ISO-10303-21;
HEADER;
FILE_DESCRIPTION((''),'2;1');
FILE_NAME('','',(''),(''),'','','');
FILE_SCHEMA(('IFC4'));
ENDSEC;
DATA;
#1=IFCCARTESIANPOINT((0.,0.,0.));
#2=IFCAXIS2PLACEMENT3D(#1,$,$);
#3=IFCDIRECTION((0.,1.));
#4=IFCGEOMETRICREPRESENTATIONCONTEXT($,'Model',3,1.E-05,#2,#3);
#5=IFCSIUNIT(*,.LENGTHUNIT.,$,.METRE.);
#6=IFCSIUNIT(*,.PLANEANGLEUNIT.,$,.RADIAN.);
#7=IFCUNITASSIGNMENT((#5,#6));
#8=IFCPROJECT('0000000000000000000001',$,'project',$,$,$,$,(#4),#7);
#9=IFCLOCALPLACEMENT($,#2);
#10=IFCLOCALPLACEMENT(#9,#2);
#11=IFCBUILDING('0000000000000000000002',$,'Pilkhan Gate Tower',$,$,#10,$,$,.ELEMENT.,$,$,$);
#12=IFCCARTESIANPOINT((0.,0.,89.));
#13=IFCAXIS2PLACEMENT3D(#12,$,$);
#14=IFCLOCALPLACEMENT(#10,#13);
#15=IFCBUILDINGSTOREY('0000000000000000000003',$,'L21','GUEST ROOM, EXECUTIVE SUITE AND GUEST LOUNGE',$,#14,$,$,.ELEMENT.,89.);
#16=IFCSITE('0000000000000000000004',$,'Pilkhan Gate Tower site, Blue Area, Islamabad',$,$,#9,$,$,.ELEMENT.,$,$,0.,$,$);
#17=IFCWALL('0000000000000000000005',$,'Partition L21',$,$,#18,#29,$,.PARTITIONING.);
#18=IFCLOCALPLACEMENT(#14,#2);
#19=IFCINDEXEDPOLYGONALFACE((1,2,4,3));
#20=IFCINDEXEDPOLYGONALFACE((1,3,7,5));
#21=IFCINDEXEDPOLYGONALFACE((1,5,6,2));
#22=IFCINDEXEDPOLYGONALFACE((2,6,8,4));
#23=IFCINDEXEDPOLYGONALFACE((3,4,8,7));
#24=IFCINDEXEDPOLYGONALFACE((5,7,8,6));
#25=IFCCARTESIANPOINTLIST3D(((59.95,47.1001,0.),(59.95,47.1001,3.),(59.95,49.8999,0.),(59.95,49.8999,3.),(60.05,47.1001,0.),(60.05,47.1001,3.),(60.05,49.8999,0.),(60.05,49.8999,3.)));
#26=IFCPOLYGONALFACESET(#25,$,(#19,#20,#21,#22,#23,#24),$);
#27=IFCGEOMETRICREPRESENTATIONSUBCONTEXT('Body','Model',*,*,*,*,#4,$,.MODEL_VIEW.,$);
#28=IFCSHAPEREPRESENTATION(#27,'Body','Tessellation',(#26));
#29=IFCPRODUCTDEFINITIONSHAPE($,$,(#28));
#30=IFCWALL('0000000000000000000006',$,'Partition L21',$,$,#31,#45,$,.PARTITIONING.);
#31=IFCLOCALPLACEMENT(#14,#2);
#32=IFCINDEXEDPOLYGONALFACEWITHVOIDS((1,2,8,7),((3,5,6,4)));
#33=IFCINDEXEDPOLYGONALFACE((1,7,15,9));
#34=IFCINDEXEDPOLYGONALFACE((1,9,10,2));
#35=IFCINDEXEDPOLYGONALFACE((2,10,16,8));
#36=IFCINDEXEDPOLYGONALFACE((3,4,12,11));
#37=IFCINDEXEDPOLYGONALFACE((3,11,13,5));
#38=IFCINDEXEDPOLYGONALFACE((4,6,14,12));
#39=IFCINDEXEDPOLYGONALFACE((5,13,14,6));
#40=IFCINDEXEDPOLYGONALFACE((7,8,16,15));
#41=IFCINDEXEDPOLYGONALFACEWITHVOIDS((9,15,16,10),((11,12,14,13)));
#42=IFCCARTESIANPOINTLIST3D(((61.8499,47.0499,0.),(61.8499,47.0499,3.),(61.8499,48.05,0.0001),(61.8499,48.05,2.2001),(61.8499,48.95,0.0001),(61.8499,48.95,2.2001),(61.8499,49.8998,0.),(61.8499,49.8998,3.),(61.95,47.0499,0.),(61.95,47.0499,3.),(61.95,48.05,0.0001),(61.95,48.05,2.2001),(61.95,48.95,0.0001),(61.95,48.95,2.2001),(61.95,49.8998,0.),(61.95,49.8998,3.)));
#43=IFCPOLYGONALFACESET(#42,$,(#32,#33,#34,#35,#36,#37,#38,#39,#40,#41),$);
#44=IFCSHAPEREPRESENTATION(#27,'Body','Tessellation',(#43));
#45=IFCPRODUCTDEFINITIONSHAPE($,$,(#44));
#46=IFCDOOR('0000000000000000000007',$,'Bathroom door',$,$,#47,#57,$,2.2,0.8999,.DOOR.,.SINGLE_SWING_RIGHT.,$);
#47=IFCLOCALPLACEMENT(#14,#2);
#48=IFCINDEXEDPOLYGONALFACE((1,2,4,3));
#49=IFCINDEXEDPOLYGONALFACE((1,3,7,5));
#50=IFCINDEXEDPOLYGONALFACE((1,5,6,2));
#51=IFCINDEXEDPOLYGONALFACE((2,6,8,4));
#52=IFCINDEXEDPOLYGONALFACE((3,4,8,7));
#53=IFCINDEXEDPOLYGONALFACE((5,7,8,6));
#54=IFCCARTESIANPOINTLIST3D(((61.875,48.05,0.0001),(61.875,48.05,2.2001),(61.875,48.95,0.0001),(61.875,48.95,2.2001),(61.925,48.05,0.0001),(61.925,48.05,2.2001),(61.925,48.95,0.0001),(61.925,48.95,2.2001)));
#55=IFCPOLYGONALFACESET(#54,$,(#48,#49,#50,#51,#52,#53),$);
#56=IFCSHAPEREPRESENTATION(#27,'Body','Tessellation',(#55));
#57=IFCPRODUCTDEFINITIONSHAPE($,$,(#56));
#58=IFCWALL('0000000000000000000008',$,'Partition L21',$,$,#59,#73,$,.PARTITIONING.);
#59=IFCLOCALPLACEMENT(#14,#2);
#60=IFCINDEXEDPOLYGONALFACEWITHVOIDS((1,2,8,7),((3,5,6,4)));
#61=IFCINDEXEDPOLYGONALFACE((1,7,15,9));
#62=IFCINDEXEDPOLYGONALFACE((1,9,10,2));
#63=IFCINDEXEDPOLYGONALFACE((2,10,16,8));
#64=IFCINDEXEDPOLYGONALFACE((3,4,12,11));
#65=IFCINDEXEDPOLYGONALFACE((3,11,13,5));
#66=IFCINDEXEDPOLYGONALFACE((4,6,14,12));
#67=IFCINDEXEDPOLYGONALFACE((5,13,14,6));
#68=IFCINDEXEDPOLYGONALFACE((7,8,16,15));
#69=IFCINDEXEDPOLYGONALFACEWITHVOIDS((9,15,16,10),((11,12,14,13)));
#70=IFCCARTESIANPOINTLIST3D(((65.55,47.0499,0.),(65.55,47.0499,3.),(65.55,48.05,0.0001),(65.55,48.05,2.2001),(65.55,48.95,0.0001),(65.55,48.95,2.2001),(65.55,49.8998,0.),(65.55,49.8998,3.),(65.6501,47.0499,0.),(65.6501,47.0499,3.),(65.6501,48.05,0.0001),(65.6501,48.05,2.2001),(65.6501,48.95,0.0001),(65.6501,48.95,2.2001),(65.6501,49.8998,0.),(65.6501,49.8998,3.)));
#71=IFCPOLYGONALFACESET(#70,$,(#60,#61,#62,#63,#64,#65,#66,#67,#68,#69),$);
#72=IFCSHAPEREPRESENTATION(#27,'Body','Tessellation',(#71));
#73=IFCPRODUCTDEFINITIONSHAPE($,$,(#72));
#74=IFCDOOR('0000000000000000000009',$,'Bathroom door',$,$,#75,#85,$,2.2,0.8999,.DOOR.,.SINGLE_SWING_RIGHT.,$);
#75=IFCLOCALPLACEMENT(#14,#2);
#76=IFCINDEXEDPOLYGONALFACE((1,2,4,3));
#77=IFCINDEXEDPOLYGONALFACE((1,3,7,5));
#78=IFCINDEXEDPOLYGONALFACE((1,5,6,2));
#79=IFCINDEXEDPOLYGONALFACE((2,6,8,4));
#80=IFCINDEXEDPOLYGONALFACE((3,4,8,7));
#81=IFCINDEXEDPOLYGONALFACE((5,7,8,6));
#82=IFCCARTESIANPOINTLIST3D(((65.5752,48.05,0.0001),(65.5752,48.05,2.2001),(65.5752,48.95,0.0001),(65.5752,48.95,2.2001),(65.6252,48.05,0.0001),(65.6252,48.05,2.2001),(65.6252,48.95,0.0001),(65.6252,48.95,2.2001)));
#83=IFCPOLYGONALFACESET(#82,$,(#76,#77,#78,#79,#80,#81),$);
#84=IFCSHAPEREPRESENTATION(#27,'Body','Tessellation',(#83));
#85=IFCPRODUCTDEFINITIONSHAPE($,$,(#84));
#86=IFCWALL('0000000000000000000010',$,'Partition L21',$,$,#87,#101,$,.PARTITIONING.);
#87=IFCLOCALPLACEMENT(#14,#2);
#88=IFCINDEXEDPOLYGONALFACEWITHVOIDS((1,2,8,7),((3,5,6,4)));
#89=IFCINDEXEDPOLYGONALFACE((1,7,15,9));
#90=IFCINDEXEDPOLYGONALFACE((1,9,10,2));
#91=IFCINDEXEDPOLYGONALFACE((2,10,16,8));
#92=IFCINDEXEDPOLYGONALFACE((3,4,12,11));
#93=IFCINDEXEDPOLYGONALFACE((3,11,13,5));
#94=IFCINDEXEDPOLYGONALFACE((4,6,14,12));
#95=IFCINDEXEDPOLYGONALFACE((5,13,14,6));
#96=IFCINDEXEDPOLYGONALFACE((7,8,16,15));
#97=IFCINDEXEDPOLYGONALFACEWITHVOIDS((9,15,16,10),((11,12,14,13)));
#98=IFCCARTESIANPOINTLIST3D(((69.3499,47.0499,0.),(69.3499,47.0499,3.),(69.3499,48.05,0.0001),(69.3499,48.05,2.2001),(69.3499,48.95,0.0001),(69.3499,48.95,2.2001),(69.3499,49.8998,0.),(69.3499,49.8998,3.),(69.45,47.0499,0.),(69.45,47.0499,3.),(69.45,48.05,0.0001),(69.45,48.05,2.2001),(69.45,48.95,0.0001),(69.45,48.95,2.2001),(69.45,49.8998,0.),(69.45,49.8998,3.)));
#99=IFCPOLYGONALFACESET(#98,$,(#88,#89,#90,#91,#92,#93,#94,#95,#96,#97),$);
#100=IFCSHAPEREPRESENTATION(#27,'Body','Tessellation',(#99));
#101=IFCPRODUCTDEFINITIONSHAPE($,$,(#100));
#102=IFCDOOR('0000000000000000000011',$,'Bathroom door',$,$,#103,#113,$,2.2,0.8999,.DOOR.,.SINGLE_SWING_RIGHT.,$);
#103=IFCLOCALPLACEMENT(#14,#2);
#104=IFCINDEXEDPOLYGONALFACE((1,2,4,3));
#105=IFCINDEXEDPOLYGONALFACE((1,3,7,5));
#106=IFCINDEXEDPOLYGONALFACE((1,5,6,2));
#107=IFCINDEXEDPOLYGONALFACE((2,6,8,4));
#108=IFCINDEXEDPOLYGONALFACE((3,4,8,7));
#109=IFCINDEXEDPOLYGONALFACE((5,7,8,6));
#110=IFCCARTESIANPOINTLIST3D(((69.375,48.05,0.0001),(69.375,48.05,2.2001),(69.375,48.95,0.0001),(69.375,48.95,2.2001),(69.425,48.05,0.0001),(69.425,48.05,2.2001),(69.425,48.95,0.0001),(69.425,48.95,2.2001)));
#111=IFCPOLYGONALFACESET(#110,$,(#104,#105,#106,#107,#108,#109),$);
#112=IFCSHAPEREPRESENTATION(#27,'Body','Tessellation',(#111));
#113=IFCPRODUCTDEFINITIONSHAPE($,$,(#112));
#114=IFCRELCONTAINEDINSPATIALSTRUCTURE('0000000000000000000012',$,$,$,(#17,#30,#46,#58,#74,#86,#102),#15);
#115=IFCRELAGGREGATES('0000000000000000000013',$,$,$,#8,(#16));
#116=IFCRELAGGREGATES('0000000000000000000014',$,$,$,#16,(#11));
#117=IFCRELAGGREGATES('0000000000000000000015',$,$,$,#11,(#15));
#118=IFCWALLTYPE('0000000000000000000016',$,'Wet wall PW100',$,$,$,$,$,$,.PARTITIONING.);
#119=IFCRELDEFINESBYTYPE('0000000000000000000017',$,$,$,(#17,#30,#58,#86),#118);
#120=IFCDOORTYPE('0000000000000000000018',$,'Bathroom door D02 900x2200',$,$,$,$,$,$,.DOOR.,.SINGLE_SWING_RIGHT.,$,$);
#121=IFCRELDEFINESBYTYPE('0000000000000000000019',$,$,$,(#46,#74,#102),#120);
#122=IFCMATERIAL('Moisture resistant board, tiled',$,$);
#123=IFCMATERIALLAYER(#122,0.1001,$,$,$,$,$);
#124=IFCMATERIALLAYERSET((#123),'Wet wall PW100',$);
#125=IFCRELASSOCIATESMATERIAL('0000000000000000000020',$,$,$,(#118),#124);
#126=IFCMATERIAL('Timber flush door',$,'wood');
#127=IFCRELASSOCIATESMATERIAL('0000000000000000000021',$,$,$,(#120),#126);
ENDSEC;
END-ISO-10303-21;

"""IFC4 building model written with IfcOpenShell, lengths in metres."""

from ifc_helpers import new_model, si_unit, direction, frame, frame_2d, origin, place, context, subcontext, project, spatial, rectangle, extrude, material, layer, layer_set, type_object, element, fill, save


model = new_model("IFC4")

# Units and contexts
model_context = context("Model", 3, precision=1e-05, world=origin(), true_north=direction((0.0, 1.0)))
body_context = subcontext(model_context, "Body", "Model", "MODEL_VIEW")
ifc_project = project(units=[si_unit("LENGTHUNIT", "METRE"), si_unit("PLANEANGLEUNIT", "RADIAN")], contexts=[model_context])

# Site, building, storey
site_placement = place(None, origin())
site = spatial("IfcSite", under=ifc_project, at=site_placement, Name="Pilkhan Gate Tower site, Blue Area, Islamabad", CompositionType="ELEMENT", RefElevation=0.0)
building_placement = place(site_placement, origin())
building = spatial("IfcBuilding", under=site, at=building_placement, Name="Pilkhan Gate Tower", CompositionType="ELEMENT")
storey_placement = place(building_placement, frame((0.0, 0.0, 89.0)))
storey = spatial("IfcBuildingStorey", under=building, at=storey_placement, Name="L21", Description="GUEST ROOM, EXECUTIVE SUITE AND GUEST LOUNGE", CompositionType="ELEMENT", Elevation=89.0)

# Shared definitions
ifc_material_1 = material(Name="Moisture resistant board, tiled")
ifc_layer_1 = layer(ifc_material_1, 0.1001)
ifc_layer_set_1 = layer_set([ifc_layer_1], Name="Wet wall PW100")
wall_type_1 = type_object("IfcWallType", Name="Wet wall PW100", PredefinedType="PARTITIONING", material=ifc_layer_set_1)
ifc_material_2 = material(Name="Timber flush door", Category="wood")
door_type = type_object("IfcDoorType", Name="Bathroom door D02 900x2200", OperationType="SINGLE_SWING_RIGHT", PredefinedType="DOOR", material=ifc_material_2)

# Wall
wall_1_placement = place(storey_placement, frame((60.0, 47.1001, 0.0), z_axis=(0.0, 0.0, 1.0), x_axis=(0.0, 1.0, 0.0)))
element("IfcWall", 1, at=wall_1_placement, inside=storey, type_object=wall_type_1, Name="Partition L21", PredefinedType="PARTITIONING", context=body_context, shape_type="SweptSolid", body=[
    extrude(rectangle(XDim=2.7998, YDim=0.1001, at=frame_2d((1.3999, 0.0))), origin(), (0.0, 0.0, 1.0), 3.0),
])

# Walls, openings, doors
wall_2_placement = place(storey_placement, frame((61.8999, 47.05, 0.0), z_axis=(0.0, 0.0, 1.0), x_axis=(0.0, 1.0, 0.0)))
wall_2 = element("IfcWall", 2, at=wall_2_placement, inside=storey, type_object=wall_type_1, Name="Partition L21", PredefinedType="PARTITIONING", context=body_context, shape_type="SweptSolid", body=[
    extrude(rectangle(XDim=2.8499, YDim=0.1001, at=frame_2d((1.4248, 0.0))), origin(), (0.0, 0.0, 1.0), 3.0),
])
opening_1_placement = place(wall_2_placement, frame((1.0, 0.0, 0.0)))
opening_1 = element("IfcOpeningElement", 3, at=opening_1_placement, cuts=wall_2, PredefinedType="OPENING", context=body_context, shape_type="SweptSolid", body=[
    extrude(rectangle(XDim=0.8999, YDim=2.2, at=frame_2d((0.45, 1.1001))), frame((0.0, 0.0601, 0.0), z_axis=(0.0, -1.0, 0.0), x_axis=(1.0, 0.0, 0.0)), (0.0, 0.0, 1.0), 0.1201),
])
door_1_placement = place(opening_1_placement, origin())
door_1 = element("IfcDoor", 4, at=door_1_placement, inside=storey, type_object=door_type, Name="Bathroom door", OperationType="SINGLE_SWING_RIGHT", OverallHeight=2.2, OverallWidth=0.8999, PredefinedType="DOOR", context=body_context, shape_type="SweptSolid", body=[
    extrude(rectangle(XDim=0.8999, YDim=2.2, at=frame_2d((0.45, 1.1001))), frame((0.0, 0.0249, 0.0), z_axis=(0.0, -1.0, 0.0), x_axis=(1.0, 0.0, 0.0)), (0.0, 0.0, 1.0), 0.05),
])
fill(opening_1, door_1)
wall_3_placement = place(storey_placement, frame((65.6001, 47.05, 0.0), z_axis=(0.0, 0.0, 1.0), x_axis=(0.0, 1.0, 0.0)))
wall_3 = element("IfcWall", 5, at=wall_3_placement, inside=storey, type_object=wall_type_1, Name="Partition L21", PredefinedType="PARTITIONING", context=body_context, shape_type="SweptSolid", body=[
    extrude(rectangle(XDim=2.8499, YDim=0.1001, at=frame_2d((1.4248, 0.0))), origin(), (0.0, 0.0, 1.0), 3.0),
])
opening_2_placement = place(wall_3_placement, frame((1.0, 0.0, 0.0)))
opening_2 = element("IfcOpeningElement", 6, at=opening_2_placement, cuts=wall_3, PredefinedType="OPENING", context=body_context, shape_type="SweptSolid", body=[
    extrude(rectangle(XDim=0.8999, YDim=2.2, at=frame_2d((0.45, 1.1001))), frame((0.0, 0.0601, 0.0), z_axis=(0.0, -1.0, 0.0), x_axis=(1.0, 0.0, 0.0)), (0.0, 0.0, 1.0), 0.1201),
])
door_2_placement = place(opening_2_placement, origin())
door_2 = element("IfcDoor", 7, at=door_2_placement, inside=storey, type_object=door_type, Name="Bathroom door", OperationType="SINGLE_SWING_RIGHT", OverallHeight=2.2, OverallWidth=0.8999, PredefinedType="DOOR", context=body_context, shape_type="SweptSolid", body=[
    extrude(rectangle(XDim=0.8999, YDim=2.2, at=frame_2d((0.45, 1.1001))), frame((0.0, 0.0249, 0.0), z_axis=(0.0, -1.0, 0.0), x_axis=(1.0, 0.0, 0.0)), (0.0, 0.0, 1.0), 0.05),
])
fill(opening_2, door_2)
wall_4_placement = place(storey_placement, frame((69.3999, 47.05, 0.0), z_axis=(0.0, 0.0, 1.0), x_axis=(0.0, 1.0, 0.0)))
wall_4 = element("IfcWall", 8, at=wall_4_placement, inside=storey, type_object=wall_type_1, Name="Partition L21", PredefinedType="PARTITIONING", context=body_context, shape_type="SweptSolid", body=[
    extrude(rectangle(XDim=2.8499, YDim=0.1001, at=frame_2d((1.4248, 0.0))), origin(), (0.0, 0.0, 1.0), 3.0),
])
opening_3_placement = place(wall_4_placement, frame((1.0, 0.0, 0.0)))
opening_3 = element("IfcOpeningElement", 9, at=opening_3_placement, cuts=wall_4, PredefinedType="OPENING", context=body_context, shape_type="SweptSolid", body=[
    extrude(rectangle(XDim=0.8999, YDim=2.2, at=frame_2d((0.45, 1.1001))), frame((0.0, 0.0601, 0.0), z_axis=(0.0, -1.0, 0.0), x_axis=(1.0, 0.0, 0.0)), (0.0, 0.0, 1.0), 0.1201),
])
door_3_placement = place(opening_3_placement, origin())
door_3 = element("IfcDoor", 10, at=door_3_placement, inside=storey, type_object=door_type, Name="Bathroom door", OperationType="SINGLE_SWING_RIGHT", OverallHeight=2.2, OverallWidth=0.8999, PredefinedType="DOOR", context=body_context, shape_type="SweptSolid", body=[
    extrude(rectangle(XDim=0.8999, YDim=2.2, at=frame_2d((0.45, 1.1001))), frame((0.0, 0.0249, 0.0), z_axis=(0.0, -1.0, 0.0), x_axis=(1.0, 0.0, 0.0)), (0.0, 0.0, 1.0), 0.05),
])
fill(opening_3, door_3)

save(model, "model.ifc")
